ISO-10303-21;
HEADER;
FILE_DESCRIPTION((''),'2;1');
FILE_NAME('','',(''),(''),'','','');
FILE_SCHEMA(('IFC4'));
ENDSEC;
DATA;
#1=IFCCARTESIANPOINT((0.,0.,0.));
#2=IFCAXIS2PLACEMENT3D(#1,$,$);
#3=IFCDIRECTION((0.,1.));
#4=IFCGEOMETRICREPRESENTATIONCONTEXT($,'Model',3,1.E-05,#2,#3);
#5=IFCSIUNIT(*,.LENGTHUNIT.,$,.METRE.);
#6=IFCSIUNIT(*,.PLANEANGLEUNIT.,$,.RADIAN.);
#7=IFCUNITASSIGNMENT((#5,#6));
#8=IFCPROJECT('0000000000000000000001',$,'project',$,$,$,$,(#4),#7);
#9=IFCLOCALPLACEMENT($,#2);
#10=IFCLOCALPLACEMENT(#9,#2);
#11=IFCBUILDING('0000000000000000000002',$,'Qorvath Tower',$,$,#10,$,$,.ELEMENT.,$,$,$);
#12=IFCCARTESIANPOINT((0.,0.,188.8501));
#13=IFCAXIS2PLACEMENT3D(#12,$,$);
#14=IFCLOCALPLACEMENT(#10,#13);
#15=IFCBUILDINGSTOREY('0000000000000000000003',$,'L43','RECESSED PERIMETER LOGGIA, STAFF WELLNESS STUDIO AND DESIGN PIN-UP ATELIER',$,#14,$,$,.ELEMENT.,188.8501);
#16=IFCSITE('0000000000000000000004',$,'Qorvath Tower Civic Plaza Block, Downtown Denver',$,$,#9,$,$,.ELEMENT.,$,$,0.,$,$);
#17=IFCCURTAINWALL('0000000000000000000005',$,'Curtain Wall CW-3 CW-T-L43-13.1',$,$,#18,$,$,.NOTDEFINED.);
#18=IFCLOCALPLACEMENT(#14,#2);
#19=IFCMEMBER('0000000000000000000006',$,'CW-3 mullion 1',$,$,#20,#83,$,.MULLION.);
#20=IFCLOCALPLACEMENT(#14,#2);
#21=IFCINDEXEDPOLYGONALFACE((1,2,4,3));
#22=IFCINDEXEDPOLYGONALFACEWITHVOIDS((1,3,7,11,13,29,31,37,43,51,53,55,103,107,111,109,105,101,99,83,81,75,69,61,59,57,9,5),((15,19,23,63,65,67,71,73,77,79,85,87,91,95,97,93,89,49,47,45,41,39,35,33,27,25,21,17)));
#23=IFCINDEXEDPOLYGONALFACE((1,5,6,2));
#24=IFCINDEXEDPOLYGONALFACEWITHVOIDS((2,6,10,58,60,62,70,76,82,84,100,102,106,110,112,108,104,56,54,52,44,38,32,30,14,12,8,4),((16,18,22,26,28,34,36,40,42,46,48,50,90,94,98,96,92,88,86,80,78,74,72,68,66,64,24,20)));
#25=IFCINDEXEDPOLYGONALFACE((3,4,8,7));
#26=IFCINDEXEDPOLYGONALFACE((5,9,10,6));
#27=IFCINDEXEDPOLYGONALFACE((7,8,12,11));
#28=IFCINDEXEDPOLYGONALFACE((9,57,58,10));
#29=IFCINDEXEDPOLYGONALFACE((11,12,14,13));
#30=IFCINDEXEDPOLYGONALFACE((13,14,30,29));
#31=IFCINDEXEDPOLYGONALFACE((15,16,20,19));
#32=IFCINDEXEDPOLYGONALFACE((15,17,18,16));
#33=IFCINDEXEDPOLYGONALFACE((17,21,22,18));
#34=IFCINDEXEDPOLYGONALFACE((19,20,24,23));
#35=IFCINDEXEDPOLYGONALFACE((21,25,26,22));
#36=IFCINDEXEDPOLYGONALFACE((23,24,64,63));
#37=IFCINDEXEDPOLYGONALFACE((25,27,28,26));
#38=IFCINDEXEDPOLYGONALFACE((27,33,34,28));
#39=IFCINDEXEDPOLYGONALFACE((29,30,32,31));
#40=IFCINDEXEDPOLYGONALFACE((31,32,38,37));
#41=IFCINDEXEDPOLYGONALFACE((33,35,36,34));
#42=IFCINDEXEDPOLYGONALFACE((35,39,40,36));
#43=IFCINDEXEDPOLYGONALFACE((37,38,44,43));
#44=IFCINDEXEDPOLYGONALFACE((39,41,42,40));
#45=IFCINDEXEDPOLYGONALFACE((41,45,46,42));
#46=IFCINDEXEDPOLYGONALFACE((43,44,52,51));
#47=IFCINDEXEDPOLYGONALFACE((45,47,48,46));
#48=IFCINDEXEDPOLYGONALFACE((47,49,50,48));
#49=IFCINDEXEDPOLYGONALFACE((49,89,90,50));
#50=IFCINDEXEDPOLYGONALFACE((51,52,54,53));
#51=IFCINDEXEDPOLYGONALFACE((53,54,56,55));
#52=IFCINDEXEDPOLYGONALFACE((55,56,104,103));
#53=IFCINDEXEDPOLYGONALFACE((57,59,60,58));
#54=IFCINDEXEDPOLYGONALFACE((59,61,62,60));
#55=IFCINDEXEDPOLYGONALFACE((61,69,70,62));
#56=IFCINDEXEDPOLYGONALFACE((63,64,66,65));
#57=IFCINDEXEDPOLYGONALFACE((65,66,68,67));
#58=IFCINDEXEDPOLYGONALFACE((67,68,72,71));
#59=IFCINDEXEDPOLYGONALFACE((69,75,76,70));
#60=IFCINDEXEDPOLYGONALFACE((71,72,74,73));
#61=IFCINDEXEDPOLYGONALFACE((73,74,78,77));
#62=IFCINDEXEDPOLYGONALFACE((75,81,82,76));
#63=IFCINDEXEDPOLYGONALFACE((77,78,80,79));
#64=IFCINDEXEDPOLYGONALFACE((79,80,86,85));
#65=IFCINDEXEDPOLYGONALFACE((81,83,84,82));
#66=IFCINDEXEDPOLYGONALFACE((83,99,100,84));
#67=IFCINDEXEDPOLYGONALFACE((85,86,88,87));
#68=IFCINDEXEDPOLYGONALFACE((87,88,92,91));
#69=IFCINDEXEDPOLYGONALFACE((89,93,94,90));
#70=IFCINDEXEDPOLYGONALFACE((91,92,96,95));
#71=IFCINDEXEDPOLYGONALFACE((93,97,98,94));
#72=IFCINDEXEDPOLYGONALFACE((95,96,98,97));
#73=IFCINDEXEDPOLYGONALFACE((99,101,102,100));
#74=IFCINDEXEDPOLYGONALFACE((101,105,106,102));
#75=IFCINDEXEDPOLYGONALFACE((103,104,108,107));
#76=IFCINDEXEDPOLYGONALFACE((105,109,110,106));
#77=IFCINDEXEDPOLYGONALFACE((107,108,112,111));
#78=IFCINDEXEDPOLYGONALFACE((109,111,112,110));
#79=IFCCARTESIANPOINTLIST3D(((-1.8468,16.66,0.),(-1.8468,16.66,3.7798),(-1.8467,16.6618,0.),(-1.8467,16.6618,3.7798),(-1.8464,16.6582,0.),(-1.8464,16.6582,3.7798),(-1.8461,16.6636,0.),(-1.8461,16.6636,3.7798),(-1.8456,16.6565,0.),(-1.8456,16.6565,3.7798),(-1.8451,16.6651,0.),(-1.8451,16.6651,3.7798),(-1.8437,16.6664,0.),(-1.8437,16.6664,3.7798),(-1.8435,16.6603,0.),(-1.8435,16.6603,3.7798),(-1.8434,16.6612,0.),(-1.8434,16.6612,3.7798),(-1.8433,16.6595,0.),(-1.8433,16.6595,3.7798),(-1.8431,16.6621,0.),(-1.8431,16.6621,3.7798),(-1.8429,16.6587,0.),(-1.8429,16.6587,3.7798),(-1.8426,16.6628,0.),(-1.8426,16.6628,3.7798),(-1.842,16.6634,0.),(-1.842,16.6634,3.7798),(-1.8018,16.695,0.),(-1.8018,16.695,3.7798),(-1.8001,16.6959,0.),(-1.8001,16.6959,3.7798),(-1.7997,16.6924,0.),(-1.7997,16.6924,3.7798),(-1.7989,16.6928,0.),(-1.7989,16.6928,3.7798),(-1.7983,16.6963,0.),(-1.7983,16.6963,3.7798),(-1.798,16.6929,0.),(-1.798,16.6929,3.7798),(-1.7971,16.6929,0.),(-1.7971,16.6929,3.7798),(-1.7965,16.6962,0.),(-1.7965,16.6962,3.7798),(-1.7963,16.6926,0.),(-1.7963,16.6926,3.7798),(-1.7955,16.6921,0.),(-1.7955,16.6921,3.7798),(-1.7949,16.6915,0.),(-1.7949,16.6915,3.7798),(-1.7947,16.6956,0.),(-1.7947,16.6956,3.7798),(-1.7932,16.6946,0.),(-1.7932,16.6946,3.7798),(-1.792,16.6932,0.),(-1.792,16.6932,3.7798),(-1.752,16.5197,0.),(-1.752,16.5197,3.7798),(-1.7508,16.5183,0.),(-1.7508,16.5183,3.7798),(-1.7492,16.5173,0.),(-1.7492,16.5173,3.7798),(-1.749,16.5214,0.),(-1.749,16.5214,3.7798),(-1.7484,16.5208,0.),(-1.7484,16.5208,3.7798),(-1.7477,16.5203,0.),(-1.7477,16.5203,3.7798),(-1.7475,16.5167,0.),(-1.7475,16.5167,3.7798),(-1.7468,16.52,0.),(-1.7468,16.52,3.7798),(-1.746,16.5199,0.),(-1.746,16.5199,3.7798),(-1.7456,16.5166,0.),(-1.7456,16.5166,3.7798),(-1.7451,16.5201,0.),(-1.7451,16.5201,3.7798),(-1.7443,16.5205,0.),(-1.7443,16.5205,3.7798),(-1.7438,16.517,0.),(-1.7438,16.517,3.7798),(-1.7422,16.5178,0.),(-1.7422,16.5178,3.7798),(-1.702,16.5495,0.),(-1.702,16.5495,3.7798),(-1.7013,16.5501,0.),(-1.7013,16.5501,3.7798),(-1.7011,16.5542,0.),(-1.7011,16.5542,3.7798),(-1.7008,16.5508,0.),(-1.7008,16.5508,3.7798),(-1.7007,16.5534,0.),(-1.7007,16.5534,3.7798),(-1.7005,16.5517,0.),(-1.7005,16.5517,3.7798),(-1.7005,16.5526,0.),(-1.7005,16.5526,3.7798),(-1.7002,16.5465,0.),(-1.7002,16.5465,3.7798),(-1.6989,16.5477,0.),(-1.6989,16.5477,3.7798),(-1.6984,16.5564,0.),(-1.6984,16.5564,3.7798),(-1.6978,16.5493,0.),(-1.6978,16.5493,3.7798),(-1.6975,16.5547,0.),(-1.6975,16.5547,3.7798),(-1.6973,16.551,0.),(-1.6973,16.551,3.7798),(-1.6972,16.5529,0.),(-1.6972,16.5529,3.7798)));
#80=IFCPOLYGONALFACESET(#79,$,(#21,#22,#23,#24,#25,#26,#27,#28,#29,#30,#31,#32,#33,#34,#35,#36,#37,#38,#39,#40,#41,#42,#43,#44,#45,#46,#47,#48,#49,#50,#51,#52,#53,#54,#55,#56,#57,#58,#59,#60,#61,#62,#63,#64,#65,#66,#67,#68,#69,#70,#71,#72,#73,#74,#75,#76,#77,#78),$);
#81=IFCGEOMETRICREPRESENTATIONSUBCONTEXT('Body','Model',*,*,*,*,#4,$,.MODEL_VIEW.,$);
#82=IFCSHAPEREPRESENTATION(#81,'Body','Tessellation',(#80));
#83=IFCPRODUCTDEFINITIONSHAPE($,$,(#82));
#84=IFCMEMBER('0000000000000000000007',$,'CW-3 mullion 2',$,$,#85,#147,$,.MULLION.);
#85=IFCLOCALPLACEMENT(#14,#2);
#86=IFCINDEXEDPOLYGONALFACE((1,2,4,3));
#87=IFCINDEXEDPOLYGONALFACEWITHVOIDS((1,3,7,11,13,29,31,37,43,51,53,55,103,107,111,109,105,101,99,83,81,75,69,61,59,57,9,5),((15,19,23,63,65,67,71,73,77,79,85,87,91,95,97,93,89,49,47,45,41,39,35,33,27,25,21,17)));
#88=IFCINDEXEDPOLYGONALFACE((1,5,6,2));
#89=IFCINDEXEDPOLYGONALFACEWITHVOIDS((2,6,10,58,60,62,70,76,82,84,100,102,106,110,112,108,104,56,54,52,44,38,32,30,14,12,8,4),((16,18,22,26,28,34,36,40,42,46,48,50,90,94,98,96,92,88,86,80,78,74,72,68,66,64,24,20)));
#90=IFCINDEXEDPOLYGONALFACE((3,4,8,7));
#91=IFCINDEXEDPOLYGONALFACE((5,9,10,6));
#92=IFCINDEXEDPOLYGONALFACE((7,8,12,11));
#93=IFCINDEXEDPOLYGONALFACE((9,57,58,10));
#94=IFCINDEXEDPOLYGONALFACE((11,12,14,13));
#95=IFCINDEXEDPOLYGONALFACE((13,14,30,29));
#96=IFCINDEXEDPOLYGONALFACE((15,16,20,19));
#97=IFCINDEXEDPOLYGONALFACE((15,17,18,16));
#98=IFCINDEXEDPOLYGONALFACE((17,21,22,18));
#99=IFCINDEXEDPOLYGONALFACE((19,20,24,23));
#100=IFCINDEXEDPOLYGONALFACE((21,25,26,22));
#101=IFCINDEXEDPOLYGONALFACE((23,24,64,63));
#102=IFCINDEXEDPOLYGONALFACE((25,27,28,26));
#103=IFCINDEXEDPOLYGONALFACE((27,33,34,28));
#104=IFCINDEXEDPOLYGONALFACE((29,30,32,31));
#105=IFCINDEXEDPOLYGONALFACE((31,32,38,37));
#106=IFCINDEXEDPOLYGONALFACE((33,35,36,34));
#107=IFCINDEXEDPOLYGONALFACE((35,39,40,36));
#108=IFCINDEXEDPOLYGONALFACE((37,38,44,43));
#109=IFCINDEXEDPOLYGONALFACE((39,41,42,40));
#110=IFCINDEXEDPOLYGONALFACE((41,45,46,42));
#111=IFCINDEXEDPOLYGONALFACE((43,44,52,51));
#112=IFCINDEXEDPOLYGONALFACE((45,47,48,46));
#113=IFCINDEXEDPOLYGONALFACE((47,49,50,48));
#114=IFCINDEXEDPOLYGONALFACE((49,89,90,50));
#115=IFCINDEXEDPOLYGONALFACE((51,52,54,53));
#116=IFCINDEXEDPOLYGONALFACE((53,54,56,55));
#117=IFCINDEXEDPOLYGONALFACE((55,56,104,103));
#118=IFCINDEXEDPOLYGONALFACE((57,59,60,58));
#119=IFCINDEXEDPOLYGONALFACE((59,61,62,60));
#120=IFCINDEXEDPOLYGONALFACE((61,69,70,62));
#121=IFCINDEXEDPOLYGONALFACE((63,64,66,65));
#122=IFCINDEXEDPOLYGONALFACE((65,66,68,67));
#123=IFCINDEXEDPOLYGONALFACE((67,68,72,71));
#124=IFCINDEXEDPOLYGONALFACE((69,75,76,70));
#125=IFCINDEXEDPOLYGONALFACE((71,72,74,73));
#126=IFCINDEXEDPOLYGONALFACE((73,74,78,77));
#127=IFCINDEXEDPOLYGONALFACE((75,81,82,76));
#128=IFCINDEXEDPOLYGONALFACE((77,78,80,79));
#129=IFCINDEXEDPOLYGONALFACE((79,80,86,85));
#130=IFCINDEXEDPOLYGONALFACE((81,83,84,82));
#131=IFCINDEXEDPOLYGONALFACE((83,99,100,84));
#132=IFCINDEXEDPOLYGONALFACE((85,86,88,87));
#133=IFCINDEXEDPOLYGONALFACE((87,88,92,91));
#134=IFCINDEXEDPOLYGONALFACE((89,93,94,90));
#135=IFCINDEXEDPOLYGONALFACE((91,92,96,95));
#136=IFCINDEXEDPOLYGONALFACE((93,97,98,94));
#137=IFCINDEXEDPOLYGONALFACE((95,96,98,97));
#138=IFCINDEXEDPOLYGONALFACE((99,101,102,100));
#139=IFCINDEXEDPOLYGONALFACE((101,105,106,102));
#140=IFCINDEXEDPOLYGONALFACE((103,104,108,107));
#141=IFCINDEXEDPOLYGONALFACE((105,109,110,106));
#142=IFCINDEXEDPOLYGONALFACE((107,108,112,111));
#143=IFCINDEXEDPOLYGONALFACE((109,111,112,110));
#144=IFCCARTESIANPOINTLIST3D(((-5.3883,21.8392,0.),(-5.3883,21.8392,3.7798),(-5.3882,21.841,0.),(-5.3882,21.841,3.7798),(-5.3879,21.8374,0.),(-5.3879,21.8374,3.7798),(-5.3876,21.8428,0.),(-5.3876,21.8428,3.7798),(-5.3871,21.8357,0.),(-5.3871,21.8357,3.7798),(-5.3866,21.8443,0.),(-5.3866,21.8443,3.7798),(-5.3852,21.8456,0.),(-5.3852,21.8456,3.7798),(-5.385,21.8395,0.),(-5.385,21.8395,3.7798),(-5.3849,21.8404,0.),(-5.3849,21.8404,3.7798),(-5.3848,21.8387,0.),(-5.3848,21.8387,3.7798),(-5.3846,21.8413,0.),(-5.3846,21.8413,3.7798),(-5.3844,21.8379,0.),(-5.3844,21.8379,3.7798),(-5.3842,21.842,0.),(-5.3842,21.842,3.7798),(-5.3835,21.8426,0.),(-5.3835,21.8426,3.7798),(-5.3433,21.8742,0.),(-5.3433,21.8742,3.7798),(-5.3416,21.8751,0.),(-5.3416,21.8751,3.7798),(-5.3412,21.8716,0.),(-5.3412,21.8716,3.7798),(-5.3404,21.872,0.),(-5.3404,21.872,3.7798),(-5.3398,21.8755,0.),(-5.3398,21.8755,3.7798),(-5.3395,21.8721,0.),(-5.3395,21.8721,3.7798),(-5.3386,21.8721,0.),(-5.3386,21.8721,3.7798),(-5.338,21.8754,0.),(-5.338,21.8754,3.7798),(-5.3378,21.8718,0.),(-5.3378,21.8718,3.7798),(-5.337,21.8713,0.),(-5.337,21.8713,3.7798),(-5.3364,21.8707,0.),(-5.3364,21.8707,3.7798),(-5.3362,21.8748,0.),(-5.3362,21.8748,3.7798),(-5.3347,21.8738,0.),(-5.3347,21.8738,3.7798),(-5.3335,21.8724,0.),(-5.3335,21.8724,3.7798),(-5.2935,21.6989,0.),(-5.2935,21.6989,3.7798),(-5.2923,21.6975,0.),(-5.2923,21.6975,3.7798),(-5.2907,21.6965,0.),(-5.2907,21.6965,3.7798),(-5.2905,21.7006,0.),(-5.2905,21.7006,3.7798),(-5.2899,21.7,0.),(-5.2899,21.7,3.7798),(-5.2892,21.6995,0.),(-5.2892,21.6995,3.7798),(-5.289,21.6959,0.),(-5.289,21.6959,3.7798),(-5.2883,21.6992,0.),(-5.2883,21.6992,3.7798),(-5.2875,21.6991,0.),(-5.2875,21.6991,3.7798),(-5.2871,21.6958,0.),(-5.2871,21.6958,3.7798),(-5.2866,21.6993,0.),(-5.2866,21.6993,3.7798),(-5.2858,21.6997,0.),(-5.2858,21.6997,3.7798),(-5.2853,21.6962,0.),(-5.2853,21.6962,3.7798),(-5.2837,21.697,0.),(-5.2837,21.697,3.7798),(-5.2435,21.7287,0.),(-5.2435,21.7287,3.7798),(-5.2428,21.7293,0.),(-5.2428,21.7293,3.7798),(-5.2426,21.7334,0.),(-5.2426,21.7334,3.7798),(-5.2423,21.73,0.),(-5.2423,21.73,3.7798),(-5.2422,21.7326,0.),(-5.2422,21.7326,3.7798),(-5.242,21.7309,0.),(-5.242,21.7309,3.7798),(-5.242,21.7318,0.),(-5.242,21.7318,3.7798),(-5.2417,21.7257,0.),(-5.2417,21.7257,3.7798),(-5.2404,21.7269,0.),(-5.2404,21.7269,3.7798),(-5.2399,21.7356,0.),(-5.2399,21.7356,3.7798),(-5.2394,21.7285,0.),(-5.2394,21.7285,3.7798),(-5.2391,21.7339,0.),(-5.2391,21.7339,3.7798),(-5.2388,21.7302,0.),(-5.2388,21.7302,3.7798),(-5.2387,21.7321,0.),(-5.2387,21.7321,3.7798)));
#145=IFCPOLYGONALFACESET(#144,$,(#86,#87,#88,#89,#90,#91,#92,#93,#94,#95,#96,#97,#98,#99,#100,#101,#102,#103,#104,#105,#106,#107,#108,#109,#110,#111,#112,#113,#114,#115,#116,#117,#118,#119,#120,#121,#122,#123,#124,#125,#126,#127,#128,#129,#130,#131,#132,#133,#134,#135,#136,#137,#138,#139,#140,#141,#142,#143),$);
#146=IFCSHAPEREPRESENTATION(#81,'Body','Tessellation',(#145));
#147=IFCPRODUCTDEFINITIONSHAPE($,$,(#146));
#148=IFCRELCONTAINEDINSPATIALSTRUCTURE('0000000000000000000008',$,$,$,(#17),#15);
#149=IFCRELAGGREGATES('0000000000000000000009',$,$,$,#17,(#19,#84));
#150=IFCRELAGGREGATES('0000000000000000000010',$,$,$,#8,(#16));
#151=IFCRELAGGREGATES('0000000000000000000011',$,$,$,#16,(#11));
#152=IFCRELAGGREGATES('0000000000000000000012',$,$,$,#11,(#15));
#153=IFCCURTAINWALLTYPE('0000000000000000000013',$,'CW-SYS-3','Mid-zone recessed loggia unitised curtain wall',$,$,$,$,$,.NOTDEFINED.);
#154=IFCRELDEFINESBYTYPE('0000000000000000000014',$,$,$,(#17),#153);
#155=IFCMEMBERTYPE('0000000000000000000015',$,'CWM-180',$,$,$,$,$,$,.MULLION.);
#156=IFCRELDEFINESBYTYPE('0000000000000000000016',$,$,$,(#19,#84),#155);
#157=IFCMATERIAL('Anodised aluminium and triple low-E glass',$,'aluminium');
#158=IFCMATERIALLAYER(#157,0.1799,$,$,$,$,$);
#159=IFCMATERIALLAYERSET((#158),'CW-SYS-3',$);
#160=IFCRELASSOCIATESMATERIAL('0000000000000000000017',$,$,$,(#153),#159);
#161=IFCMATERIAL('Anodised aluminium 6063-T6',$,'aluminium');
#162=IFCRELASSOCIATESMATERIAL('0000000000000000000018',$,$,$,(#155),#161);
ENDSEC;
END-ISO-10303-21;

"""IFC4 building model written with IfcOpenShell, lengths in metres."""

from ifc_helpers import new_model, si_unit, direction, frame, origin, origin_2d, place, context, subcontext, project, spatial, hollow_rectangle, extrude, material, layer, layer_set, material_profile, profile_set, type_object, element, aggregate, save


model = new_model("IFC4")

# Units and contexts
model_context = context("Model", 3, precision=1e-05, world=origin(), true_north=direction((0.0, 1.0)))
body_context = subcontext(model_context, "Body", "Model", "MODEL_VIEW")
ifc_project = project(units=[si_unit("LENGTHUNIT", "METRE"), si_unit("PLANEANGLEUNIT", "RADIAN")], contexts=[model_context])

# Site, building, storey
site_placement = place(None, origin())
site = spatial("IfcSite", under=ifc_project, at=site_placement, Name="Qorvath Tower Civic Plaza Block, Downtown Denver", CompositionType="ELEMENT", RefElevation=0.0)
building_placement = place(site_placement, origin())
building = spatial("IfcBuilding", under=site, at=building_placement, Name="Qorvath Tower", CompositionType="ELEMENT")
storey_placement = place(building_placement, frame((0.0, 0.0, 188.8501)))
storey = spatial("IfcBuildingStorey", under=building, at=storey_placement, Name="L43", Description="RECESSED PERIMETER LOGGIA, STAFF WELLNESS STUDIO AND DESIGN PIN-UP ATELIER", CompositionType="ELEMENT", Elevation=188.8501)

# Shared definitions
ifc_material_1 = material(Name="Anodised aluminium and triple low-E glass", Category="aluminium")
ifc_layer_1 = layer(ifc_material_1, 0.1799)
ifc_layer_set_1 = layer_set([ifc_layer_1], Name="CW-SYS-3")
curtain_wall_type = type_object("IfcCurtainWallType", Name="CW-SYS-3", Description="Mid-zone recessed loggia unitised curtain wall", PredefinedType="NOTDEFINED", material=ifc_layer_set_1)
ifc_material_2 = material(Name="Anodised aluminium 6063-T6", Category="aluminium")
ifc_material_profile_1 = material_profile(ifc_material_2, hollow_rectangle(XDim=0.0649, YDim=0.1799, WallThickness=0.0034, InnerFilletRadius=0.0034, OuterFilletRadius=0.0071, at=origin_2d()), Name="CWM 180x65")
ifc_profile_set_1 = profile_set([ifc_material_profile_1], Name="Anodised aluminium 6063-T6")
member_type_1 = type_object("IfcMemberType", Name="CWM-180", PredefinedType="MULLION", material=ifc_profile_set_1)

# Curtain wall, members
curtain_wall_1_placement = place(storey_placement, origin())
curtain_wall_1 = element("IfcCurtainWall", 1, at=curtain_wall_1_placement, inside=storey, type_object=curtain_wall_type, Name="Curtain Wall CW-3 CW-T-L43-13.1", PredefinedType="NOTDEFINED")
member_1_placement = place(storey_placement, frame((-1.772, 16.6064, 0.0), z_axis=(0.0, 0.0, 1.0), x_axis=(-0.825477, -0.564436, 0.0)))
member_1 = element("IfcMember", 2, at=member_1_placement, type_object=member_type_1, Name="CW-3 mullion 1", PredefinedType="MULLION", context=body_context, shape_type="SweptSolid", body=[
    extrude(hollow_rectangle(XDim=0.0649, YDim=0.1799, WallThickness=0.0034, InnerFilletRadius=0.0034, OuterFilletRadius=0.0071, at=origin_2d()), origin(), (0.0, 0.0, 1.0), 3.7798),
])
member_2_placement = place(storey_placement, frame((-5.3135, 21.7856, 0.0), z_axis=(0.0, 0.0, 1.0), x_axis=(-0.825477, -0.564436, 0.0)))
member_2 = element("IfcMember", 3, at=member_2_placement, type_object=member_type_1, Name="CW-3 mullion 2", PredefinedType="MULLION", context=body_context, shape_type="SweptSolid", body=[
    extrude(hollow_rectangle(XDim=0.0649, YDim=0.1799, WallThickness=0.0034, InnerFilletRadius=0.0034, OuterFilletRadius=0.0071, at=origin_2d()), origin(), (0.0, 0.0, 1.0), 3.7798),
])

aggregate(curtain_wall_1, [member_1, member_2])

save(model, "model.ifc")
